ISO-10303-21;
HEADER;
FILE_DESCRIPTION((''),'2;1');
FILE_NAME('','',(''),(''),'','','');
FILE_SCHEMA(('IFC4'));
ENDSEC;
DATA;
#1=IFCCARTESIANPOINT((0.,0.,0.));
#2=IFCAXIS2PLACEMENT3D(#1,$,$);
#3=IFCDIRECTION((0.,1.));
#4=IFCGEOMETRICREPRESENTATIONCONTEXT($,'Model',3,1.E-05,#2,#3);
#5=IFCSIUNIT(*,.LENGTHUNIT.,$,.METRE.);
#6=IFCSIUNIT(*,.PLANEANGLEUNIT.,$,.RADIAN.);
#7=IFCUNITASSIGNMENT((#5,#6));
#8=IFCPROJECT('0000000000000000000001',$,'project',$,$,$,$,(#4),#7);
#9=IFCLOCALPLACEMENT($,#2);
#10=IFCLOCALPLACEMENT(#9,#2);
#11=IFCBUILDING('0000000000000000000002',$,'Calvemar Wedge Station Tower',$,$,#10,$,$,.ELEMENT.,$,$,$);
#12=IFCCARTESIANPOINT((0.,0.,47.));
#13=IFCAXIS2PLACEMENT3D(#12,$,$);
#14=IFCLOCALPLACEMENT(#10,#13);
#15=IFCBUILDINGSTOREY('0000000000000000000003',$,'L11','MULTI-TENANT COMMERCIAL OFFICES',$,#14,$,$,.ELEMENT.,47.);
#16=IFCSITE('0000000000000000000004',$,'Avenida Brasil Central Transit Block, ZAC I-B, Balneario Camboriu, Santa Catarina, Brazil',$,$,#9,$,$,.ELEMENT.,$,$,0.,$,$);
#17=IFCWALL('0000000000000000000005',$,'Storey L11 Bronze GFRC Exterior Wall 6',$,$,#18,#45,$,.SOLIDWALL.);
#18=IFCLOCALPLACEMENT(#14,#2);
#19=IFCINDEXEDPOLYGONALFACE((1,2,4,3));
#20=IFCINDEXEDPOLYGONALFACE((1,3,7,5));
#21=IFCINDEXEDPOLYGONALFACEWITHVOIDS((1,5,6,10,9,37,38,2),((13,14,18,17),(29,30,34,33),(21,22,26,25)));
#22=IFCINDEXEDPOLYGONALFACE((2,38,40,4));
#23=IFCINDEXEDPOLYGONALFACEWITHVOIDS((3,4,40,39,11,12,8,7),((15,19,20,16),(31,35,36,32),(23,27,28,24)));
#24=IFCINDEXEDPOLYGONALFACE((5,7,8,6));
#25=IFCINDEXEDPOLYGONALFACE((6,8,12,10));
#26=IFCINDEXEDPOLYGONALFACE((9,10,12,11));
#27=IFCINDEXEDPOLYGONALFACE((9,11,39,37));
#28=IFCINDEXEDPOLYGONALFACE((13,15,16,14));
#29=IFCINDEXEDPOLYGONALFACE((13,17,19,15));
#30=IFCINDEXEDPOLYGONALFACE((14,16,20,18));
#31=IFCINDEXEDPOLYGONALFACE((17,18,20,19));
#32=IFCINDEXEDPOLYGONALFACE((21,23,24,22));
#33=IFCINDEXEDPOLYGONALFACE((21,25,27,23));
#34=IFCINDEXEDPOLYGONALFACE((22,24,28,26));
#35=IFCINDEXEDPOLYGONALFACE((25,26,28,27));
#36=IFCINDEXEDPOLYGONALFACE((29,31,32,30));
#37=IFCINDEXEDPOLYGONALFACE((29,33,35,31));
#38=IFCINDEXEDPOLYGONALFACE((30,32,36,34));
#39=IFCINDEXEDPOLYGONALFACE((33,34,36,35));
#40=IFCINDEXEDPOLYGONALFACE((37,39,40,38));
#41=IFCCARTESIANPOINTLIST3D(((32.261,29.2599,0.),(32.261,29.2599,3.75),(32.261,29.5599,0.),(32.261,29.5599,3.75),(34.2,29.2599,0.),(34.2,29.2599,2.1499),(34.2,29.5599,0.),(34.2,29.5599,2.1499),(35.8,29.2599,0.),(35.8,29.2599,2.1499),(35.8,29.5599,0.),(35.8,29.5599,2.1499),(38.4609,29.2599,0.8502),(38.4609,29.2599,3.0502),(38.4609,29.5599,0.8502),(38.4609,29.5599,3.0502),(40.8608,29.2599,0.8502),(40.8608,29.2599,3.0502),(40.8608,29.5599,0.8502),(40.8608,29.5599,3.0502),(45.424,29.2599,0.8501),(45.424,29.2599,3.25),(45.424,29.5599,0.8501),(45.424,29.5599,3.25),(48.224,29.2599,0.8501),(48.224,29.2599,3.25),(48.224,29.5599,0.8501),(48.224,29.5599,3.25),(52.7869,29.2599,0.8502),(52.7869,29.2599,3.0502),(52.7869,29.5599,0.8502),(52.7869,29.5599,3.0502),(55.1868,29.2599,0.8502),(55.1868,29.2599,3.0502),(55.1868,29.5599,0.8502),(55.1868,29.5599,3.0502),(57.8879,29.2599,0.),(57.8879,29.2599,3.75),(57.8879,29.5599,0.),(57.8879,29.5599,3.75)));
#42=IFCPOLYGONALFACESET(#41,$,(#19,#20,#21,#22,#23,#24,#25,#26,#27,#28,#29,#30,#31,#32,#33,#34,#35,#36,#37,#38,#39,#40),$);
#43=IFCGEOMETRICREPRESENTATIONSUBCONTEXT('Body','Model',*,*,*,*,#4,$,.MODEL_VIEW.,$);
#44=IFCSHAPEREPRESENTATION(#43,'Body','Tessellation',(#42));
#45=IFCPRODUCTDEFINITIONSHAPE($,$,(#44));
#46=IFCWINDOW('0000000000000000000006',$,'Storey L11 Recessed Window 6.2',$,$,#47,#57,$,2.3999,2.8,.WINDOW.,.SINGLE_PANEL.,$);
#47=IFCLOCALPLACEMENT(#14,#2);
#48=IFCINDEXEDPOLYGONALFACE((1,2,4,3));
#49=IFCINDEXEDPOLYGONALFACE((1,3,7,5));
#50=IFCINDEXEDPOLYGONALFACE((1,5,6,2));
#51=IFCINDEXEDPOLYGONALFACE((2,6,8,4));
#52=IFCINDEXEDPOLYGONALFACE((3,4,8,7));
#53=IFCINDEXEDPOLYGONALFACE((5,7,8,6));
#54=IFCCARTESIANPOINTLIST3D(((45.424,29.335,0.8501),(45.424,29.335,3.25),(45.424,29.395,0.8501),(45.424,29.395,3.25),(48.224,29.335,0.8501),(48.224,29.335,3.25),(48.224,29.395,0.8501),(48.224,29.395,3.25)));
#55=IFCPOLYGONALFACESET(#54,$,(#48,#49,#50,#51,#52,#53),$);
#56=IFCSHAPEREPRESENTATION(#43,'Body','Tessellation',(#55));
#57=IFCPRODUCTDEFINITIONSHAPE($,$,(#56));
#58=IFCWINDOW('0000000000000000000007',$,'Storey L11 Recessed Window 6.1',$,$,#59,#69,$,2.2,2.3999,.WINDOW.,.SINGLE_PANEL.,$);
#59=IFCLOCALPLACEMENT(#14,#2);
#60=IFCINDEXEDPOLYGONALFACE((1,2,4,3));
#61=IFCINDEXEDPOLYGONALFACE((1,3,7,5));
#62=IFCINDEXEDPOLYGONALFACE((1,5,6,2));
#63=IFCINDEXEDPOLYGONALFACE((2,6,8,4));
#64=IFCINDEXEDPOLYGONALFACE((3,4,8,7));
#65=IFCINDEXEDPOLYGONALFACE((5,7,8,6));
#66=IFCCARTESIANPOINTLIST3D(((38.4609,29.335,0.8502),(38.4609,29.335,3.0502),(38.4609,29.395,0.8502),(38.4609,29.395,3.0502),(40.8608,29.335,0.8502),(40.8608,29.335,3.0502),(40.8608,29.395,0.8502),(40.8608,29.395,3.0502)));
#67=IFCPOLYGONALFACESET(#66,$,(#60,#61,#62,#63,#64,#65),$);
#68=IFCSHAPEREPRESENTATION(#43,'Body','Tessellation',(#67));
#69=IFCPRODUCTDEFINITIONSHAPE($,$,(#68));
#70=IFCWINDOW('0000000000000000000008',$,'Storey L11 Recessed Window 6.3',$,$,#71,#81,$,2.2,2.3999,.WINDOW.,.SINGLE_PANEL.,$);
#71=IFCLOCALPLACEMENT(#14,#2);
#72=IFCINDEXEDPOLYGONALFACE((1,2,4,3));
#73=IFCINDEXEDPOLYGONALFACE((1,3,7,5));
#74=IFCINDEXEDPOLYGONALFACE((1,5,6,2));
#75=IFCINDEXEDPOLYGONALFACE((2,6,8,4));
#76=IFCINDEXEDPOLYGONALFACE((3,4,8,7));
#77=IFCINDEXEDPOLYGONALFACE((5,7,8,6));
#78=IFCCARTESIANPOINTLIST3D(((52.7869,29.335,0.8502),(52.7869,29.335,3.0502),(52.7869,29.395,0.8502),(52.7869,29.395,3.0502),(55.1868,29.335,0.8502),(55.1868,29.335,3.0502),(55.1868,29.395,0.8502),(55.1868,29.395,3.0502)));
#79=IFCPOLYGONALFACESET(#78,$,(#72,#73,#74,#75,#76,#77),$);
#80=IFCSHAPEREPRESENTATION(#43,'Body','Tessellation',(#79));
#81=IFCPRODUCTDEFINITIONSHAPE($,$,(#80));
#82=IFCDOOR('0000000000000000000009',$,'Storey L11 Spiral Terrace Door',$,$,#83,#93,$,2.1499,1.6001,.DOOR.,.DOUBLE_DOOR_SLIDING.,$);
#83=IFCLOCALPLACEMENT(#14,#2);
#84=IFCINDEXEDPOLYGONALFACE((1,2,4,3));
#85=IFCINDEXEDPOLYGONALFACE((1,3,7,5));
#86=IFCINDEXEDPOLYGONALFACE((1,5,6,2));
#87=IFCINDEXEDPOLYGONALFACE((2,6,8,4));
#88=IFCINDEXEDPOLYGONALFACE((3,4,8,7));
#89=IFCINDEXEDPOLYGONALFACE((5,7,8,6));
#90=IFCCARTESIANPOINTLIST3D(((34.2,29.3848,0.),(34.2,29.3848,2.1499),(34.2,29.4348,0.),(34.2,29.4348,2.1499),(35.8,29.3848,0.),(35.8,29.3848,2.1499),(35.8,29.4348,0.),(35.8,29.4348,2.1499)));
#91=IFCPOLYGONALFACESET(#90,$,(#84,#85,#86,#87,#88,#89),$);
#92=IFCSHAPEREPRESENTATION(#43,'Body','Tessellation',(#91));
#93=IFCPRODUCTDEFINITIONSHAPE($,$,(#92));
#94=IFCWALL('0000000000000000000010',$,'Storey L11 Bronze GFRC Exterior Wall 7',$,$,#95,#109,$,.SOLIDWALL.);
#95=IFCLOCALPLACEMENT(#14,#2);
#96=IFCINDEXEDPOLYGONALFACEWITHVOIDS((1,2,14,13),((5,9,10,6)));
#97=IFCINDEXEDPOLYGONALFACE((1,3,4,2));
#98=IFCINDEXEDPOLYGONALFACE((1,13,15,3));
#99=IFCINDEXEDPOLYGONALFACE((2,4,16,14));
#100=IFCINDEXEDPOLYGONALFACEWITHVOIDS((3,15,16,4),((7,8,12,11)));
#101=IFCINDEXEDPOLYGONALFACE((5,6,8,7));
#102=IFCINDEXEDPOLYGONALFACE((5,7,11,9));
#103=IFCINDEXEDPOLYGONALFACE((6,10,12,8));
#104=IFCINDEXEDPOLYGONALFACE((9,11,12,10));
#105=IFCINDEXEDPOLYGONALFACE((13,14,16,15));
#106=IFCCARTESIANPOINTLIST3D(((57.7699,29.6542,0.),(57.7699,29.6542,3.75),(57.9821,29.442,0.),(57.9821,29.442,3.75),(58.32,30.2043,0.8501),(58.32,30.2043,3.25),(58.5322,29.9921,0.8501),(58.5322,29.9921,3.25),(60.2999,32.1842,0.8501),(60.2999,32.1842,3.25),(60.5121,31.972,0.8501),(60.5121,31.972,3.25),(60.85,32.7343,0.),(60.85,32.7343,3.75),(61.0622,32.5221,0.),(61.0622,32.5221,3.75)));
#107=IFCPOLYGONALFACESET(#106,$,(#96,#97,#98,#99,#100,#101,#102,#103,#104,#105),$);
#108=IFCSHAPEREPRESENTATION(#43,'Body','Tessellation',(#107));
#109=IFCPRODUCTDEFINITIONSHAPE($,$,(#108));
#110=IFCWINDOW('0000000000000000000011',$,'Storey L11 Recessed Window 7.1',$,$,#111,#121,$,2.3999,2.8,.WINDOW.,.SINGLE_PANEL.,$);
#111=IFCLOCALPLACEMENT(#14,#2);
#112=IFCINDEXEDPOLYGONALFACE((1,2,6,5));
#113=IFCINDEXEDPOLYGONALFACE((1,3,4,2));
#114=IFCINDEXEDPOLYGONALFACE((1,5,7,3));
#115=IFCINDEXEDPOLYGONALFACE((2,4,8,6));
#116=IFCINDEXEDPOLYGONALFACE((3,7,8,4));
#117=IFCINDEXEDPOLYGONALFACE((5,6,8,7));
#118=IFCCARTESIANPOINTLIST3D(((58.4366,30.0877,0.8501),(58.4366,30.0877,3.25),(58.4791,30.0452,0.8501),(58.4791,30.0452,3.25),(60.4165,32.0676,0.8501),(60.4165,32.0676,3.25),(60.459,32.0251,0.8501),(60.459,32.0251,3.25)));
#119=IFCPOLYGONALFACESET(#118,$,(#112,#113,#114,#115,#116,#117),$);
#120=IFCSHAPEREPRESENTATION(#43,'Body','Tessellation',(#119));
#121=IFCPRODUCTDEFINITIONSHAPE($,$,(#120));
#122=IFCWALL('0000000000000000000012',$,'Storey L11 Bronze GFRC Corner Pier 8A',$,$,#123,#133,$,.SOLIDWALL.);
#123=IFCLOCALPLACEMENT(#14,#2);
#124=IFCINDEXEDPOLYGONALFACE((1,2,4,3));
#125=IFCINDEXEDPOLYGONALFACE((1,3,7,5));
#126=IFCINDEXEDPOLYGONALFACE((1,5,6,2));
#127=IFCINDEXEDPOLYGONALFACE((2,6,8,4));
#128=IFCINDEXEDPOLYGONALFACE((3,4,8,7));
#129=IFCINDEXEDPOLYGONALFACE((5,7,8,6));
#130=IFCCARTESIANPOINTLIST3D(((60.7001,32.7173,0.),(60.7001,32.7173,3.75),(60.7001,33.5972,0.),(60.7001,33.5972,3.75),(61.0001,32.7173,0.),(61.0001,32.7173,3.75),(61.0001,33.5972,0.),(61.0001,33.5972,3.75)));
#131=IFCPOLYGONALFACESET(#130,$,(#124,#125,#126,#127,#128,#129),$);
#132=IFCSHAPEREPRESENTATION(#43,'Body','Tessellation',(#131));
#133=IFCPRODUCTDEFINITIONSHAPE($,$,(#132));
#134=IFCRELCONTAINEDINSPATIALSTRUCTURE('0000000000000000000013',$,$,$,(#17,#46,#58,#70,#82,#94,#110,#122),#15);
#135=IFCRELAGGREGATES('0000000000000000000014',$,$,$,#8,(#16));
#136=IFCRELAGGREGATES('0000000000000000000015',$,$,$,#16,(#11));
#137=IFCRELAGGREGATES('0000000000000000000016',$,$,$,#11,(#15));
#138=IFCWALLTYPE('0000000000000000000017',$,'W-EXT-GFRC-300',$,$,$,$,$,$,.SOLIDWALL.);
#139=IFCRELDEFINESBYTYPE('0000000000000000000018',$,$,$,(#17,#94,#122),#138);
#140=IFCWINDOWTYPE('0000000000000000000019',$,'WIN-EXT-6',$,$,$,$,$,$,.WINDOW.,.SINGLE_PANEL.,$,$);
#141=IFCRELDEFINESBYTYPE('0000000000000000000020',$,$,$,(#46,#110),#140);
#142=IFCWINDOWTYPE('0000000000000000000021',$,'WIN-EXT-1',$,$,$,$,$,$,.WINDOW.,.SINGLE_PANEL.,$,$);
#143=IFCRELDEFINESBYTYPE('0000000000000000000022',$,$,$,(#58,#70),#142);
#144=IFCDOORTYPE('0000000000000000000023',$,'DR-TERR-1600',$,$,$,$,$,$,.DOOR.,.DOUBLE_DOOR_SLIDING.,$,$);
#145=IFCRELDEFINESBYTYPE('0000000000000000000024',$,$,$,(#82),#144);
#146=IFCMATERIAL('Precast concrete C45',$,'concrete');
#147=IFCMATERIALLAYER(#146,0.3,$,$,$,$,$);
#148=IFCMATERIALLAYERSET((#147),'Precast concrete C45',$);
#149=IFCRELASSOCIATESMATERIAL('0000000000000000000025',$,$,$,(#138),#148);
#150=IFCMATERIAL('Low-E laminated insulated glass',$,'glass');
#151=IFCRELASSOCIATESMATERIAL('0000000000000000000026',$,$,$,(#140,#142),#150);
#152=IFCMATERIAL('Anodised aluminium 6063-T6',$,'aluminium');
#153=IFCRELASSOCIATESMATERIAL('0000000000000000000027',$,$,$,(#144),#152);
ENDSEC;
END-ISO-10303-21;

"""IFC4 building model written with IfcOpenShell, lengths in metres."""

from ifc_helpers import new_model, si_unit, direction, frame, frame_2d, origin, place, context, subcontext, project, spatial, rectangle, extrude, source, transform, mapped, material, layer, layer_set, type_object, element, fill, save


model = new_model("IFC4")

# Units and contexts
model_context = context("Model", 3, precision=1e-05, world=origin(), true_north=direction((0.0, 1.0)))
body_context = subcontext(model_context, "Body", "Model", "MODEL_VIEW")
ifc_project = project(units=[si_unit("LENGTHUNIT", "METRE"), si_unit("PLANEANGLEUNIT", "RADIAN")], contexts=[model_context])

# Site, building, storey
site_placement = place(None, origin())
site = spatial("IfcSite", under=ifc_project, at=site_placement, Name="Avenida Brasil Central Transit Block, ZAC I-B, Balneario Camboriu, Santa Catarina, Brazil", CompositionType="ELEMENT", RefElevation=0.0)
building_placement = place(site_placement, origin())
building = spatial("IfcBuilding", under=site, at=building_placement, Name="Calvemar Wedge Station Tower", CompositionType="ELEMENT")
storey_placement = place(building_placement, frame((0.0, 0.0, 47.0)))
storey = spatial("IfcBuildingStorey", under=building, at=storey_placement, Name="L11", Description="MULTI-TENANT COMMERCIAL OFFICES", CompositionType="ELEMENT", Elevation=47.0)

# Shared definitions
ifc_material_1 = material(Name="Anodised aluminium 6063-T6", Category="aluminium")
ifc_material_2 = material(Name="Low-E laminated insulated glass", Category="glass")

# Shared definitions
ifc_material_3 = material(Name="Precast concrete C45", Category="concrete")
ifc_layer_1 = layer(ifc_material_3, 0.3)
ifc_layer_set_1 = layer_set([ifc_layer_1], Name="Precast concrete C45")
wall_type_1 = type_object("IfcWallType", Name="W-EXT-GFRC-300", PredefinedType="SOLIDWALL", material=ifc_layer_set_1)

# Wall, openings, windows, door
wall_1_placement = place(storey_placement, frame((32.261, 29.4099, 0.0), z_axis=(0.0, 0.0, 1.0), x_axis=(1.0, 0.0, 0.0)))
wall_1 = element("IfcWall", 1, at=wall_1_placement, inside=storey, type_object=wall_type_1, Name="Storey L11 Bronze GFRC Exterior Wall 6", PredefinedType="SOLIDWALL", context=body_context, shape_type="SweptSolid", body=[
    extrude(rectangle(XDim=25.627, YDim=0.3, at=frame_2d((12.8135, 0.0))), origin(), (0.0, 0.0, 1.0), 3.75),
])
shared_shape_1 = source(origin(), body_context, "Body", "SweptSolid", [
    extrude(rectangle(XDim=1.6001, YDim=2.1499, at=frame_2d((0.8, 1.075))), frame((0.0, 0.1602, 0.0), z_axis=(0.0, -1.0, 0.0), x_axis=(1.0, 0.0, 0.0)), (0.0, 0.0, 1.0), 0.3201),
])
opening_1_placement = place(wall_1_placement, frame((1.939, 0.0, 0.0)))
opening_1 = element("IfcOpeningElement", 2, at=opening_1_placement, cuts=wall_1, PredefinedType="OPENING", context=body_context, shape_type="MappedRepresentation", body=[
    mapped(shared_shape_1, transform((0.0, 0.0, 0.0), scale=1.0)),
])
shared_shape_2 = source(origin(), body_context, "Body", "SweptSolid", [
    extrude(rectangle(XDim=2.3999, YDim=2.2, at=frame_2d((1.2, 1.1001))), frame((0.0, 0.1602, 0.0), z_axis=(0.0, -1.0, 0.0), x_axis=(1.0, 0.0, 0.0)), (0.0, 0.0, 1.0), 0.3201),
])
opening_2_placement = place(wall_1_placement, frame((6.2, 0.0, 0.8501)))
opening_2 = element("IfcOpeningElement", 3, at=opening_2_placement, cuts=wall_1, PredefinedType="OPENING", context=body_context, shape_type="MappedRepresentation", body=[
    mapped(shared_shape_2, transform((0.0, 0.0, 0.0), scale=1.0)),
])
shared_shape_3 = source(origin(), body_context, "Body", "SweptSolid", [
    extrude(rectangle(XDim=2.8, YDim=2.3999, at=frame_2d((1.3999, 1.2))), frame((0.0, 0.1602, 0.0), z_axis=(0.0, -1.0, 0.0), x_axis=(1.0, 0.0, 0.0)), (0.0, 0.0, 1.0), 0.3201),
])
opening_3_placement = place(wall_1_placement, frame((13.1631, 0.0, 0.8501)))
opening_3 = element("IfcOpeningElement", 4, at=opening_3_placement, cuts=wall_1, PredefinedType="OPENING", context=body_context, shape_type="MappedRepresentation", body=[
    mapped(shared_shape_3, transform((0.0, 0.0, 0.0), scale=1.0)),
])
opening_4_placement = place(wall_1_placement, frame((20.5259, 0.0, 0.8501)))
opening_4 = element("IfcOpeningElement", 5, at=opening_4_placement, cuts=wall_1, PredefinedType="OPENING", context=body_context, shape_type="MappedRepresentation", body=[
    mapped(shared_shape_2, transform((0.0, 0.0, 0.0), scale=1.0)),
])
window_type_1 = type_object("IfcWindowType", Name="WIN-EXT-6", PartitioningType="SINGLE_PANEL", PredefinedType="WINDOW", material=ifc_material_2)
shared_shape_4 = source(origin(), body_context, "Body", "SweptSolid", [
    extrude(rectangle(XDim=2.8, YDim=2.3999, at=frame_2d((1.3999, 1.2))), frame((0.0, -0.0149, 0.0), z_axis=(0.0, -1.0, 0.0), x_axis=(1.0, 0.0, 0.0)), (0.0, 0.0, 1.0), 0.0601),
])
window_1_placement = place(opening_3_placement, origin())
window_1 = element("IfcWindow", 6, at=window_1_placement, inside=storey, type_object=window_type_1, Name="Storey L11 Recessed Window 6.2", OverallHeight=2.3999, OverallWidth=2.8, PartitioningType="SINGLE_PANEL", PredefinedType="WINDOW", context=body_context, shape_type="MappedRepresentation", body=[
    mapped(shared_shape_4, transform((0.0, 0.0, 0.0), scale=1.0)),
])
fill(opening_3, window_1)
window_type_2 = type_object("IfcWindowType", Name="WIN-EXT-1", PartitioningType="SINGLE_PANEL", PredefinedType="WINDOW", material=ifc_material_2)
shared_shape_5 = source(origin(), body_context, "Body", "SweptSolid", [
    extrude(rectangle(XDim=2.3999, YDim=2.2, at=frame_2d((1.2, 1.1001))), frame((0.0, -0.0149, 0.0), z_axis=(0.0, -1.0, 0.0), x_axis=(1.0, 0.0, 0.0)), (0.0, 0.0, 1.0), 0.0601),
])
window_2_placement = place(opening_2_placement, origin())
window_2 = element("IfcWindow", 7, at=window_2_placement, inside=storey, type_object=window_type_2, Name="Storey L11 Recessed Window 6.1", OverallHeight=2.2, OverallWidth=2.3999, PartitioningType="SINGLE_PANEL", PredefinedType="WINDOW", context=body_context, shape_type="MappedRepresentation", body=[
    mapped(shared_shape_5, transform((0.0, 0.0, 0.0), scale=1.0)),
])
fill(opening_2, window_2)
window_3_placement = place(opening_4_placement, origin())
window_3 = element("IfcWindow", 8, at=window_3_placement, inside=storey, type_object=window_type_2, Name="Storey L11 Recessed Window 6.3", OverallHeight=2.2, OverallWidth=2.3999, PartitioningType="SINGLE_PANEL", PredefinedType="WINDOW", context=body_context, shape_type="MappedRepresentation", body=[
    mapped(shared_shape_5, transform((0.0, 0.0, 0.0), scale=1.0)),
])
fill(opening_4, window_3)
door_type_1 = type_object("IfcDoorType", Name="DR-TERR-1600", OperationType="DOUBLE_DOOR_SLIDING", PredefinedType="DOOR", material=ifc_material_1)
shared_shape_6 = source(origin(), body_context, "Body", "SweptSolid", [
    extrude(rectangle(XDim=1.6001, YDim=2.1499, at=frame_2d((0.8, 1.075))), frame((0.0, 0.0249, 0.0), z_axis=(0.0, -1.0, 0.0), x_axis=(1.0, 0.0, 0.0)), (0.0, 0.0, 1.0), 0.05),
])
door_1_placement = place(opening_1_placement, origin())
door_1 = element("IfcDoor", 9, at=door_1_placement, inside=storey, type_object=door_type_1, Name="Storey L11 Spiral Terrace Door", OperationType="DOUBLE_DOOR_SLIDING", OverallHeight=2.1499, OverallWidth=1.6001, PredefinedType="DOOR", context=body_context, shape_type="MappedRepresentation", body=[
    mapped(shared_shape_6, transform((0.0, 0.0, 0.0), scale=1.0)),
])
fill(opening_1, door_1)

# Wall, opening, window
wall_2_placement = place(storey_placement, frame((57.876, 29.5481, 0.0), z_axis=(0.0, 0.0, 1.0), x_axis=(0.707107, 0.707107, 0.0)))
wall_2 = element("IfcWall", 10, at=wall_2_placement, inside=storey, type_object=wall_type_1, Name="Storey L11 Bronze GFRC Exterior Wall 7", PredefinedType="SOLIDWALL", context=body_context, shape_type="SweptSolid", body=[
    extrude(rectangle(XDim=4.356, YDim=0.3, at=frame_2d((2.178, 0.0))), origin(), (0.0, 0.0, 1.0), 3.75),
])
opening_5_placement = place(wall_2_placement, frame((0.7781, 0.0, 0.8501)))
opening_5 = element("IfcOpeningElement", 11, at=opening_5_placement, cuts=wall_2, PredefinedType="OPENING", context=body_context, shape_type="MappedRepresentation", body=[
    mapped(shared_shape_3, transform((0.0, 0.0, 0.0), scale=1.0)),
])
window_4_placement = place(opening_5_placement, origin())
window_4 = element("IfcWindow", 12, at=window_4_placement, inside=storey, type_object=window_type_1, Name="Storey L11 Recessed Window 7.1", OverallHeight=2.3999, OverallWidth=2.8, PartitioningType="SINGLE_PANEL", PredefinedType="WINDOW", context=body_context, shape_type="MappedRepresentation", body=[
    mapped(shared_shape_4, transform((0.0, 0.0, 0.0), scale=1.0)),
])
fill(opening_5, window_4)

# Wall
wall_3_placement = place(storey_placement, frame((60.8501, 32.7173, 0.0), z_axis=(0.0, 0.0, 1.0), x_axis=(0.0, 1.0, 0.0)))
element("IfcWall", 13, at=wall_3_placement, inside=storey, type_object=wall_type_1, Name="Storey L11 Bronze GFRC Corner Pier 8A", PredefinedType="SOLIDWALL", context=body_context, shape_type="SweptSolid", body=[
    extrude(rectangle(XDim=0.8799, YDim=0.3, at=frame_2d((0.4399, 0.0))), origin(), (0.0, 0.0, 1.0), 3.75),
])

save(model, "model.ifc")
